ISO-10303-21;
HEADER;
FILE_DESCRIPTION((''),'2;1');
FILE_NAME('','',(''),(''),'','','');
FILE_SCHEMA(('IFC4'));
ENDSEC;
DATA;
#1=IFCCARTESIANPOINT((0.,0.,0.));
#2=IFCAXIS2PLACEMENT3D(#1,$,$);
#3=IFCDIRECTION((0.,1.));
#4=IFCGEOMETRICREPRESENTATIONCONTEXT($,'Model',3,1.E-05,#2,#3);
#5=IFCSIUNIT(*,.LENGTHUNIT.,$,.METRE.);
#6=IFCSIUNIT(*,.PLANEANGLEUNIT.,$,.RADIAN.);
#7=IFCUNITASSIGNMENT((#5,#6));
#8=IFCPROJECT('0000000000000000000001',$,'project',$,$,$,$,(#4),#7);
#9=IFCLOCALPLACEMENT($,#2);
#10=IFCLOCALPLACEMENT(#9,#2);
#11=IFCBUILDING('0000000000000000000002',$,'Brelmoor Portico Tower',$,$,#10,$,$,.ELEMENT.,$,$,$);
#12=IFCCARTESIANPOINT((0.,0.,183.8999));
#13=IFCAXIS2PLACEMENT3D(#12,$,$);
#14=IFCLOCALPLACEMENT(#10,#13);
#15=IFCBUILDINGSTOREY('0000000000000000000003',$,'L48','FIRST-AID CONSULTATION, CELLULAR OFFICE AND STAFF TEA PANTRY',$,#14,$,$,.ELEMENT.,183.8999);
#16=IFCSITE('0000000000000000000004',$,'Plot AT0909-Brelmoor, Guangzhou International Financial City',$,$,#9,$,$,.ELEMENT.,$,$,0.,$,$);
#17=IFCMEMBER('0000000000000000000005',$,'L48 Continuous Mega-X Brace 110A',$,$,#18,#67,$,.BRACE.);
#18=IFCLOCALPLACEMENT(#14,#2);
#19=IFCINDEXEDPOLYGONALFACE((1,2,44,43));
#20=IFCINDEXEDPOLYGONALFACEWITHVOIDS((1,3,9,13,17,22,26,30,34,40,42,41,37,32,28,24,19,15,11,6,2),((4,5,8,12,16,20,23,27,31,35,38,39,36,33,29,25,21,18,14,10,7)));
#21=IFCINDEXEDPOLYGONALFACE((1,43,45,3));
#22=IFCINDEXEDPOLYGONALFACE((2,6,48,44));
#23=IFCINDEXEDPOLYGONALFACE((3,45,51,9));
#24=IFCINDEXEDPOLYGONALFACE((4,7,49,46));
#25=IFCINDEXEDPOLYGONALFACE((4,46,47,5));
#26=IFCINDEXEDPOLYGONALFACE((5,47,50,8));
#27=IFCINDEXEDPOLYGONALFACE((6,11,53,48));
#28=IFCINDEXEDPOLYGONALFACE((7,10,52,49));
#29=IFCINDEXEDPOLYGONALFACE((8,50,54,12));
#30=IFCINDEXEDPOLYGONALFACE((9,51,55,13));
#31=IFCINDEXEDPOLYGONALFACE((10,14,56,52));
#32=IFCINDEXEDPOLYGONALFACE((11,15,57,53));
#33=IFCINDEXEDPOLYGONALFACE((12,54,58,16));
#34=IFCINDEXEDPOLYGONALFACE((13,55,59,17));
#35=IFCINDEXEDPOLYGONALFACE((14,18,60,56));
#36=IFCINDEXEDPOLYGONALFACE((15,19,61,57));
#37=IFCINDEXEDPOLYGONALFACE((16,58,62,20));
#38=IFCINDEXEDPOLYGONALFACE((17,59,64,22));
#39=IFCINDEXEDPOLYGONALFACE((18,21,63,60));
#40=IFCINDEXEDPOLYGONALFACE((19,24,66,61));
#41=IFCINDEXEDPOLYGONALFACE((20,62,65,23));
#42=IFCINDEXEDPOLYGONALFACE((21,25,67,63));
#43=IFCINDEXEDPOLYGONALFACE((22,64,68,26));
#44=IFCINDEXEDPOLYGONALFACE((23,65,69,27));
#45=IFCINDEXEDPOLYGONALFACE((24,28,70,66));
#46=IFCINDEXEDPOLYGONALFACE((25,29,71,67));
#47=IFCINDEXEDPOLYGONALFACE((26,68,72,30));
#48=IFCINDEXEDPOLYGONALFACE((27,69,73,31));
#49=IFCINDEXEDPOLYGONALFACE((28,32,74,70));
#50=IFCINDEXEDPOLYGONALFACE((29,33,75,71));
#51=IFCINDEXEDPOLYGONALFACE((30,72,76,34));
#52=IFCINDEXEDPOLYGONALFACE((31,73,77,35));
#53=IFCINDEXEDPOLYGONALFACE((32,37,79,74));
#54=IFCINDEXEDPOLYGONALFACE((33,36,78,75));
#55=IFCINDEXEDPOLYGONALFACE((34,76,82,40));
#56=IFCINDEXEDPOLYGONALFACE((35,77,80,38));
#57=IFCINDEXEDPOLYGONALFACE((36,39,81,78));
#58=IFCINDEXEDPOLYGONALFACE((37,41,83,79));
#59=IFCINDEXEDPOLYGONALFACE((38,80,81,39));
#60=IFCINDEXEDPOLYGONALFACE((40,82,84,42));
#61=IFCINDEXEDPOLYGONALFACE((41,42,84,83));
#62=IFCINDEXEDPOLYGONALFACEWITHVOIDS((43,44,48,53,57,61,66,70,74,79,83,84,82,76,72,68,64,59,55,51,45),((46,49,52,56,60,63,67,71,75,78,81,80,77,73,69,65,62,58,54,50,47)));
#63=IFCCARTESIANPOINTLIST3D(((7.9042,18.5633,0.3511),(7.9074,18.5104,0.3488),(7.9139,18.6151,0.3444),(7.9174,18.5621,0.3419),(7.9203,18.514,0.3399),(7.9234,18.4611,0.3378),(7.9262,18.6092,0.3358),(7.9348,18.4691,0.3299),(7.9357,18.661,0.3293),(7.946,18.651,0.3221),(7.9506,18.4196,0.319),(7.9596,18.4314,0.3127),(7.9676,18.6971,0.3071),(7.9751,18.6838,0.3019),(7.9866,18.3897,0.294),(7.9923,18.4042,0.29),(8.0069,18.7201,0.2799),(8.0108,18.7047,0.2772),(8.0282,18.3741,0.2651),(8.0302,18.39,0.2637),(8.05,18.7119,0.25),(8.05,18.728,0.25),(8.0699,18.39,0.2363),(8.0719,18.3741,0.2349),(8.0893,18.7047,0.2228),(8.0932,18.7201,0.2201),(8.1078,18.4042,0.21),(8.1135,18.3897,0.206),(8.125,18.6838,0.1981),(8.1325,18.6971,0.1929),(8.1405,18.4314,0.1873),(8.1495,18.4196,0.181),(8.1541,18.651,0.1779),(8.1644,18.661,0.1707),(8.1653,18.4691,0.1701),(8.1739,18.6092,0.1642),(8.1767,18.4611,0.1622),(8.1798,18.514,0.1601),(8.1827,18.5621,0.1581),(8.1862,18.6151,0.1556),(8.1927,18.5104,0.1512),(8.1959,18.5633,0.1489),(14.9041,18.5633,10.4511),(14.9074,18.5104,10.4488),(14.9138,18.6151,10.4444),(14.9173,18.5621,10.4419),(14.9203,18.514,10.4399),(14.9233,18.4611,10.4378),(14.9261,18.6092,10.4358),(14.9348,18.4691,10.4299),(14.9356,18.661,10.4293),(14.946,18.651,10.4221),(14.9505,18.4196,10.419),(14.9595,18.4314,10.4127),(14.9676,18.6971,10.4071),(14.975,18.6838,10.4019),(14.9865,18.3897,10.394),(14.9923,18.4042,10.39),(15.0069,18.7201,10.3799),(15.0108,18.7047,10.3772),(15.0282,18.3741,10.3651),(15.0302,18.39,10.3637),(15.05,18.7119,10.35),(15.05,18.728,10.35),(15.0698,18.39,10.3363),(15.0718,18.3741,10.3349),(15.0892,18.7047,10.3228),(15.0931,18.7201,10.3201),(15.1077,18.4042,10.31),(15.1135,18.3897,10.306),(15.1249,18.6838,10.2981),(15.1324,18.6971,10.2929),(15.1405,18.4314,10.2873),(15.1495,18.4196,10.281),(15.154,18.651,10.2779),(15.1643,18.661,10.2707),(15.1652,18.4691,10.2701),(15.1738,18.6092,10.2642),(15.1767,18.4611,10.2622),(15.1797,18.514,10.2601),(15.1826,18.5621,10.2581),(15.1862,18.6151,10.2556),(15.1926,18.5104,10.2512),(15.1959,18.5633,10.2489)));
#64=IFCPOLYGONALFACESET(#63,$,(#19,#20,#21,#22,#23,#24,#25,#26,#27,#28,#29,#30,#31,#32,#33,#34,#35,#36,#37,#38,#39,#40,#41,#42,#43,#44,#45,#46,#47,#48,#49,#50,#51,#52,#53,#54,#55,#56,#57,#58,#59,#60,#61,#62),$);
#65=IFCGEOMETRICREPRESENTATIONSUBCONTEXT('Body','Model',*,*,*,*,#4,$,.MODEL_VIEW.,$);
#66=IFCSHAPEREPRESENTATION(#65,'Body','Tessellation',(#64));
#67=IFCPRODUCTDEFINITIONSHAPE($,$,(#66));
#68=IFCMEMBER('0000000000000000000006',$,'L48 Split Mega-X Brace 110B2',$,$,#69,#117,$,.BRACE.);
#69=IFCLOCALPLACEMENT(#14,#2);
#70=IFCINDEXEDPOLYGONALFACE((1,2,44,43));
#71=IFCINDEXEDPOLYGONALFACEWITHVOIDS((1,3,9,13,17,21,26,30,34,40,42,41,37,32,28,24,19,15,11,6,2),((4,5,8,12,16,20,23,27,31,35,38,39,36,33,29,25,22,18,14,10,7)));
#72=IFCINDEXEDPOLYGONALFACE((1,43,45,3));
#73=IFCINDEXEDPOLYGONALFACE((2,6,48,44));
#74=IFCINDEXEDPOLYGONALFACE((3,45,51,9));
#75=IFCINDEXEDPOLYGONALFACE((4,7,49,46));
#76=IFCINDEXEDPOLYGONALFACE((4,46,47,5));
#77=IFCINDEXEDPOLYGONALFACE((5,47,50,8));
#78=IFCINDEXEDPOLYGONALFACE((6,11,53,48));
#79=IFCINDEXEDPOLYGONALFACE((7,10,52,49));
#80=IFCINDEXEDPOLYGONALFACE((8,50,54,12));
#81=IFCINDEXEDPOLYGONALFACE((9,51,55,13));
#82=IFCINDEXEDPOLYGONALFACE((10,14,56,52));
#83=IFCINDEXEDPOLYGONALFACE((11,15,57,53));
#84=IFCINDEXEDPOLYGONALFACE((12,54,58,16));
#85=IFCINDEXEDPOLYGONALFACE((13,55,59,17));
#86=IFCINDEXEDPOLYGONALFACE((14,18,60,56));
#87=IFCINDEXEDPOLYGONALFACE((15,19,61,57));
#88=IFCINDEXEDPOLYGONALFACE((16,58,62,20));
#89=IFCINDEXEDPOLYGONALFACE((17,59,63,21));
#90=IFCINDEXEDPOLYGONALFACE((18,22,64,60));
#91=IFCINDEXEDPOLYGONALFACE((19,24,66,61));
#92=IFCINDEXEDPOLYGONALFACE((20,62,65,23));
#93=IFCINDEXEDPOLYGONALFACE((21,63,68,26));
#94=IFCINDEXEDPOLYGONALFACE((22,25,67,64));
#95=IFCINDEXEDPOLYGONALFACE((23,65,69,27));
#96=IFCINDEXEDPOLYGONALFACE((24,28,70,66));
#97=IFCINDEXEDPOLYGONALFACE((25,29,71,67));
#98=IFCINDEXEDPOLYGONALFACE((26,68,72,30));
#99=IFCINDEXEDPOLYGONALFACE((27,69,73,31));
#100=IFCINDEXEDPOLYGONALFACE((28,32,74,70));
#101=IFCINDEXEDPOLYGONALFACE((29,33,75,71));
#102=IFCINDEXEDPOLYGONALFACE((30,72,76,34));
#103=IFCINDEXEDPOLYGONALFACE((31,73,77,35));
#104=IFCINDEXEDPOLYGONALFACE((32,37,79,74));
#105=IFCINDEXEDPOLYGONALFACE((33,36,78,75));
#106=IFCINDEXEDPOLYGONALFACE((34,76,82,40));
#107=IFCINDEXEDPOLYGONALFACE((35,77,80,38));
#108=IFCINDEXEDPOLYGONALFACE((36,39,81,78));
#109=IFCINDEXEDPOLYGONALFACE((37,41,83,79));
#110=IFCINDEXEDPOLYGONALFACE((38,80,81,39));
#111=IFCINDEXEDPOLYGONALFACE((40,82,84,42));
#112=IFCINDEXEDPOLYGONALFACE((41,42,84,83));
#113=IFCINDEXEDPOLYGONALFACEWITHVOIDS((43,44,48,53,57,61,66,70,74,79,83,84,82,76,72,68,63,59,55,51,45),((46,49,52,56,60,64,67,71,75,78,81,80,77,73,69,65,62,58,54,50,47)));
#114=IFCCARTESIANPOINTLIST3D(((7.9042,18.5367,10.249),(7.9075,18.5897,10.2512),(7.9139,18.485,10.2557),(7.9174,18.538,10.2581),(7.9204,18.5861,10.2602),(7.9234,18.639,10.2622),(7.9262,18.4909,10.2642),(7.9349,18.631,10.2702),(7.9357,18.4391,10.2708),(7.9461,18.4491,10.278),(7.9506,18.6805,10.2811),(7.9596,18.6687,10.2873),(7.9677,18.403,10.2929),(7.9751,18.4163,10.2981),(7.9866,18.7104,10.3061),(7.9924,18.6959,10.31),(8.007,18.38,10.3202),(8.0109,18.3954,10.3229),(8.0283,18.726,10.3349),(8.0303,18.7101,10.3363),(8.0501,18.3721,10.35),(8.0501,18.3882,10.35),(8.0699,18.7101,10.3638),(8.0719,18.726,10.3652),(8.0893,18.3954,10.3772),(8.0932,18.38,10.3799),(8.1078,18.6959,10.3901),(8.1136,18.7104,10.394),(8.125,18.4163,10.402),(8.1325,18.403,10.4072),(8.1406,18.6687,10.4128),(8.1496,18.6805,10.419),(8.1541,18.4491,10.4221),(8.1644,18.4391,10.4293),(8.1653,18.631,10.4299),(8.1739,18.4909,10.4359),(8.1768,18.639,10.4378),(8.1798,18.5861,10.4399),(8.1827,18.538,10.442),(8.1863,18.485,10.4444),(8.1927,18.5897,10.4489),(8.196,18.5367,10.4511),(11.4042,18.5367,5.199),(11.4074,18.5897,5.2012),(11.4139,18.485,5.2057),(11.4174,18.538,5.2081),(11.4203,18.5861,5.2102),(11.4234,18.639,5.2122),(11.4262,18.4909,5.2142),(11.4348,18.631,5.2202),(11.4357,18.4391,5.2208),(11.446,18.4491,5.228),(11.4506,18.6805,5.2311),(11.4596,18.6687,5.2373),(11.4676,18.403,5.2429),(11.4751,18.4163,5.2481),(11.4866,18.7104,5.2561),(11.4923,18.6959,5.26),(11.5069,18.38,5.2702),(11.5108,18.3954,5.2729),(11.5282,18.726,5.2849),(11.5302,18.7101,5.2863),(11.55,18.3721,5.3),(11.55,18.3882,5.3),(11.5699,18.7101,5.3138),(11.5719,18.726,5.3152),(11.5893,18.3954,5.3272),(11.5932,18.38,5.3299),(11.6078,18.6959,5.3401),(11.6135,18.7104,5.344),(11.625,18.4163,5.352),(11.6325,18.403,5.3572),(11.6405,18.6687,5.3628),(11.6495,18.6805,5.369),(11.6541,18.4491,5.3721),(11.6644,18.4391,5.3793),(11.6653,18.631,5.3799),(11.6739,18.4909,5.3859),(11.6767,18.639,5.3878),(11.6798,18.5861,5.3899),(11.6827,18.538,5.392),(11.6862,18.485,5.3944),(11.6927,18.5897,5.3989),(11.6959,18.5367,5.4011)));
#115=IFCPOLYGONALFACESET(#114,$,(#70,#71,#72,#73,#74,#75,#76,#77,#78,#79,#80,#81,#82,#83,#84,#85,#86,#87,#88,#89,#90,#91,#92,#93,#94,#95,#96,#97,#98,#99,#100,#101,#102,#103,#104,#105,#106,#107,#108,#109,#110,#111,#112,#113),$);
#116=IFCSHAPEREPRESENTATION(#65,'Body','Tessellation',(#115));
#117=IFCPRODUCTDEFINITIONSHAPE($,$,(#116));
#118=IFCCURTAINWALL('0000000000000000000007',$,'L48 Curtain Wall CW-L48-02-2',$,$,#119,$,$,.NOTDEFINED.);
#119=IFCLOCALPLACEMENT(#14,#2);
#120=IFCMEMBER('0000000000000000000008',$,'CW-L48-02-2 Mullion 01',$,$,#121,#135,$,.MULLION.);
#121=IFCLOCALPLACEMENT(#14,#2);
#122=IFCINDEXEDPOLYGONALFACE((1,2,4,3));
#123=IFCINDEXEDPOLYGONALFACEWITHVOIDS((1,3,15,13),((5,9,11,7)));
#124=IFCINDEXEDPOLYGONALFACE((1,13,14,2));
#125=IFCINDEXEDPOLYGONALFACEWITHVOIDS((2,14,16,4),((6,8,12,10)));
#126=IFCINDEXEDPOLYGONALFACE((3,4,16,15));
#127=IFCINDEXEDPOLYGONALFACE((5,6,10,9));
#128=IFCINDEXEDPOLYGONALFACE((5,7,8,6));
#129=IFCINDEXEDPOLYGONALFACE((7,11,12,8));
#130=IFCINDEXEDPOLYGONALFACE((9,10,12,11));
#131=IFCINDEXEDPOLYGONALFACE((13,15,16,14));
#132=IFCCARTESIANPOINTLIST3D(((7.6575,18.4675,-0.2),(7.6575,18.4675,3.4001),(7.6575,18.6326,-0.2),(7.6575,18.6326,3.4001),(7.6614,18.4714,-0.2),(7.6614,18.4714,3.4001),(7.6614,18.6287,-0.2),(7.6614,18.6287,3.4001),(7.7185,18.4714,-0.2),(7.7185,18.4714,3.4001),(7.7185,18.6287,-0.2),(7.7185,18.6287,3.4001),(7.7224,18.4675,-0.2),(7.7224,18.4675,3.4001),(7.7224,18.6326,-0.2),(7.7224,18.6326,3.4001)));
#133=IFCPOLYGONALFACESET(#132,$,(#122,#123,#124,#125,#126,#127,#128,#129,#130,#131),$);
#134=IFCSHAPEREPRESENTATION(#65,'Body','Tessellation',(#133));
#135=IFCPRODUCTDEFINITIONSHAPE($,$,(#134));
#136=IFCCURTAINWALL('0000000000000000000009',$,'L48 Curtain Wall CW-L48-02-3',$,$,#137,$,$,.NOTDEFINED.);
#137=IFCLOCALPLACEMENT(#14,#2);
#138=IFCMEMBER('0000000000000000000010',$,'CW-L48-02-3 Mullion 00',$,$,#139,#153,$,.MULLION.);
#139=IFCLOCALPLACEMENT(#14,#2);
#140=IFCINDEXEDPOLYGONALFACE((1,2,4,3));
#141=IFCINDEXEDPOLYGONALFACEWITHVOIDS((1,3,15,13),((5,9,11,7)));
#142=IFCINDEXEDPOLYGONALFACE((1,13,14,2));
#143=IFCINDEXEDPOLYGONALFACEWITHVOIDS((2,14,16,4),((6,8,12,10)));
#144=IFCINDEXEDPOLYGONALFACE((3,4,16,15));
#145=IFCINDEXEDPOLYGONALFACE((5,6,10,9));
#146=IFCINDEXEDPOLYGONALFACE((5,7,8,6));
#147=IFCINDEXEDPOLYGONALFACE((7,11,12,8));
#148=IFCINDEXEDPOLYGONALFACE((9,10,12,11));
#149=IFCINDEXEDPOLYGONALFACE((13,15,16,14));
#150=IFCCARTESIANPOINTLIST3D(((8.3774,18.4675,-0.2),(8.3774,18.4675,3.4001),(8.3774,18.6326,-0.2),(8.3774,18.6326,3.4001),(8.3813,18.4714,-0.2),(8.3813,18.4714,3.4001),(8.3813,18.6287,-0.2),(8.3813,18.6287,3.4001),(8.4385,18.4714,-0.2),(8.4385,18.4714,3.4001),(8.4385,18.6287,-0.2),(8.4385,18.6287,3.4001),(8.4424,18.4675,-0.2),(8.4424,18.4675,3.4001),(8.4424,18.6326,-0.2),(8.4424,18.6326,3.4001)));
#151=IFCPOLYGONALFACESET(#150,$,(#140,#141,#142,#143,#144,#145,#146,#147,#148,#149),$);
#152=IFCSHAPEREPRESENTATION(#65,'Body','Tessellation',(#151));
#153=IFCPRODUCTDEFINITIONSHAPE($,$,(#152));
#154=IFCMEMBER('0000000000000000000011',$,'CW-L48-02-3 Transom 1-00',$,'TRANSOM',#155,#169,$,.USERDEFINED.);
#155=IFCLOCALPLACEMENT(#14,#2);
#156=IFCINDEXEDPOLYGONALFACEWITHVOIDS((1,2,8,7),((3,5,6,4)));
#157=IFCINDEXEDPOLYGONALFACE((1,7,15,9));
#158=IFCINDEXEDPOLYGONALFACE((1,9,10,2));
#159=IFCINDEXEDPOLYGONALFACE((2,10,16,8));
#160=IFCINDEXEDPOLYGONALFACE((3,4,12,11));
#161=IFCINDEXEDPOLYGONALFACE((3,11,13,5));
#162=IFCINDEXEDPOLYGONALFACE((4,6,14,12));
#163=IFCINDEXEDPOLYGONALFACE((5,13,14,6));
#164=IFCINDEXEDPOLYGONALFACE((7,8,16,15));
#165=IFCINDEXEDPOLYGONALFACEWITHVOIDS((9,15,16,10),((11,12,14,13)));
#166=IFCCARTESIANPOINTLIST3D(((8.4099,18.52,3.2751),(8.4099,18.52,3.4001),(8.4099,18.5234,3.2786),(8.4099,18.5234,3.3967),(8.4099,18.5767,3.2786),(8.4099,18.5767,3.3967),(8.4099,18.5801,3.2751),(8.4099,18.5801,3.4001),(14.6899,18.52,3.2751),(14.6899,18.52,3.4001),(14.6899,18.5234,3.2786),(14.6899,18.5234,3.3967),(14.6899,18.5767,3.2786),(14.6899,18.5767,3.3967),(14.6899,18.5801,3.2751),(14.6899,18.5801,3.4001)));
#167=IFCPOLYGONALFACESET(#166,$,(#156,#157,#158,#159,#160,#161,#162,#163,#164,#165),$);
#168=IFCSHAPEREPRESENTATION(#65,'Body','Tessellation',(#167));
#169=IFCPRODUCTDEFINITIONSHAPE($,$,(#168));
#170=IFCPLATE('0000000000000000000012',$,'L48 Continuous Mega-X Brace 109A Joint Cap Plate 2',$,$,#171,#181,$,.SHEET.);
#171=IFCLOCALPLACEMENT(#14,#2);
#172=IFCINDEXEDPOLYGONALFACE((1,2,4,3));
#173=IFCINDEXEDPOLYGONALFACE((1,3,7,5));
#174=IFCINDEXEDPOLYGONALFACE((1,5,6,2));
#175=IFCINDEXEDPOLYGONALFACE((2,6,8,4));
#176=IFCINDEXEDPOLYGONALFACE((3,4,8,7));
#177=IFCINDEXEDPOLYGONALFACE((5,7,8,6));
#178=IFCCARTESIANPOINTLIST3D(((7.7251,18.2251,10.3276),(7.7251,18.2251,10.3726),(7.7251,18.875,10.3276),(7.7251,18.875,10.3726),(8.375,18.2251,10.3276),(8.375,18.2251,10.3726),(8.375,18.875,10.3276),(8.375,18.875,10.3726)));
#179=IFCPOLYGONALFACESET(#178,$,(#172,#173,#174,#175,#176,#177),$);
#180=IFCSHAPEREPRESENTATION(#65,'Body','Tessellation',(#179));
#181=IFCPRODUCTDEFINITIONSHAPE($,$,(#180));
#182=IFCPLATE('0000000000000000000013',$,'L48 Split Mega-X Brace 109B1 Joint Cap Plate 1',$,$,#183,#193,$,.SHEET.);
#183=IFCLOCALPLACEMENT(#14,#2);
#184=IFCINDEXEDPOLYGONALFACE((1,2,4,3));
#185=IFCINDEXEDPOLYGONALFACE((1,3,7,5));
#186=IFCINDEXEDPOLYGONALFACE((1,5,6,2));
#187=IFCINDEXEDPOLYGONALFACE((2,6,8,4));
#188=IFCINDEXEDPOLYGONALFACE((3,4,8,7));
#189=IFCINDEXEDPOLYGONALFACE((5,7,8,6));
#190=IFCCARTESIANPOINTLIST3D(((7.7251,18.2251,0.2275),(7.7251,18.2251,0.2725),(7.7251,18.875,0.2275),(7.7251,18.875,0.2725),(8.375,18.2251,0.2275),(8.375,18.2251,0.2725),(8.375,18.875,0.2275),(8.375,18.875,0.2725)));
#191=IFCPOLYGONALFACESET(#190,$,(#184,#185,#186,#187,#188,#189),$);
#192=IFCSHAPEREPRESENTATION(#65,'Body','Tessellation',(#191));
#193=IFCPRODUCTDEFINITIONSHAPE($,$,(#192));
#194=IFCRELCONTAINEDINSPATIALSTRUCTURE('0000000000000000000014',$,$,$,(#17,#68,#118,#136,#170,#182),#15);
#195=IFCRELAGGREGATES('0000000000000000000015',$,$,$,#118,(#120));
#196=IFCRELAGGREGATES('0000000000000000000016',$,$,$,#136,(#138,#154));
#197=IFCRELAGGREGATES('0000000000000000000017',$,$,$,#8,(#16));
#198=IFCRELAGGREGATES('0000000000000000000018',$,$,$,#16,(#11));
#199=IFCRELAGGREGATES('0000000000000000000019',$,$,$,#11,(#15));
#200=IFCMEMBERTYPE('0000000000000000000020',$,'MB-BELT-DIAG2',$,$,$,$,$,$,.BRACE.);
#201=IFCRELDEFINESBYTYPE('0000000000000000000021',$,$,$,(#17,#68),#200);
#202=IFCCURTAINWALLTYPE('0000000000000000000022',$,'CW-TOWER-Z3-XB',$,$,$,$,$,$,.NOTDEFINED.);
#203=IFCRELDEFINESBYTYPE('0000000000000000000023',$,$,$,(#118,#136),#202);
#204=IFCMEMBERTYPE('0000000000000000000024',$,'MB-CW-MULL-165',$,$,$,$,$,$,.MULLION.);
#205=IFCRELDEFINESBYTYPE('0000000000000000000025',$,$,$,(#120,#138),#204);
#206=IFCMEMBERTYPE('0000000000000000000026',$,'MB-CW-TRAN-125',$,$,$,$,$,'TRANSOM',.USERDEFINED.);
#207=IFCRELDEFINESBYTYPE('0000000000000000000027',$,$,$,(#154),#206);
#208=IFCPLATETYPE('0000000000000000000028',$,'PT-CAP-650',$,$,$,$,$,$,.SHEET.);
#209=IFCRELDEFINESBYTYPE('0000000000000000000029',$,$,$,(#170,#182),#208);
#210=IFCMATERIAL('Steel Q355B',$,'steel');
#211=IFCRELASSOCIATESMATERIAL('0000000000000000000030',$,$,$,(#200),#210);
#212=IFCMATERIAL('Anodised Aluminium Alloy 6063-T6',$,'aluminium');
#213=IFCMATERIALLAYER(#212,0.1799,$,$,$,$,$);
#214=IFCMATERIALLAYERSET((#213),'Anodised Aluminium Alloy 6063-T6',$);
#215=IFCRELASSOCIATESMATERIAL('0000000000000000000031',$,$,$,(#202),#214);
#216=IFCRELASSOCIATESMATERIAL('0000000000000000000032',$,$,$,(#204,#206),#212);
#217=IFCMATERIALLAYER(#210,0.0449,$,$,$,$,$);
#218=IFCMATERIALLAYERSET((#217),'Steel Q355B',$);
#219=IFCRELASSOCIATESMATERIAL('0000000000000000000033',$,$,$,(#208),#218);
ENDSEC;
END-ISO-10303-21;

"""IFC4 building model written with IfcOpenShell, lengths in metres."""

from ifc_helpers import new_model, si_unit, direction, frame, origin, origin_2d, place, context, subcontext, project, spatial, rectangle, hollow_rectangle, hollow_circle, extrude, material, layer, layer_set, material_profile, profile_set, type_object, element, aggregate, save


model = new_model("IFC4")

# Units and contexts
model_context = context("Model", 3, precision=1e-05, world=origin(), true_north=direction((0.0, 1.0)))
body_context = subcontext(model_context, "Body", "Model", "MODEL_VIEW")
ifc_project = project(units=[si_unit("LENGTHUNIT", "METRE"), si_unit("PLANEANGLEUNIT", "RADIAN")], contexts=[model_context])

# Site, building, storey
site_placement = place(None, origin())
site = spatial("IfcSite", under=ifc_project, at=site_placement, Name="Plot AT0909-Brelmoor, Guangzhou International Financial City", CompositionType="ELEMENT", RefElevation=0.0)
building_placement = place(site_placement, origin())
building = spatial("IfcBuilding", under=site, at=building_placement, Name="Brelmoor Portico Tower", CompositionType="ELEMENT")
storey_placement = place(building_placement, frame((0.0, 0.0, 183.8999)))
storey = spatial("IfcBuildingStorey", under=building, at=storey_placement, Name="L48", Description="FIRST-AID CONSULTATION, CELLULAR OFFICE AND STAFF TEA PANTRY", CompositionType="ELEMENT", Elevation=183.8999)

# Shared definitions
ifc_material_1 = material(Name="Steel Q355B", Category="steel")

# Members
ifc_material_profile_1 = material_profile(ifc_material_1, hollow_circle(Radius=0.178, WallThickness=0.0161, at=origin_2d()), Name="CHS 356x16")
ifc_profile_set_1 = profile_set([ifc_material_profile_1], Name="Steel Q355B")
member_type_1 = type_object("IfcMemberType", Name="MB-BELT-DIAG2", PredefinedType="BRACE", material=ifc_profile_set_1)
member_1_placement = place(storey_placement, frame((8.05, 18.55, 0.25), z_axis=(0.569629, 0.0, 0.821902), x_axis=(0.0, 1.0, 0.0)))
element("IfcMember", 1, at=member_1_placement, inside=storey, type_object=member_type_1, Name="L48 Continuous Mega-X Brace 110A", PredefinedType="BRACE", context=body_context, shape_type="SweptSolid", body=[
    extrude(hollow_circle(Radius=0.178, WallThickness=0.0161, at=origin_2d()), origin(), (0.0, 0.0, 1.0), 12.2886),
])
member_2_placement = place(storey_placement, frame((11.55, 18.55, 5.3), z_axis=(-0.569629, 0.0, 0.821902), x_axis=(0.0, -1.0, 0.0)))
element("IfcMember", 2, at=member_2_placement, inside=storey, type_object=member_type_1, Name="L48 Split Mega-X Brace 110B2", PredefinedType="BRACE", context=body_context, shape_type="SweptSolid", body=[
    extrude(hollow_circle(Radius=0.178, WallThickness=0.0161, at=origin_2d()), origin(), (0.0, 0.0, 1.0), 6.1443),
])

# Curtain wall, member
ifc_material_2 = material(Name="Anodised Aluminium Alloy 6063-T6", Category="aluminium")
ifc_layer_1 = layer(ifc_material_2, 0.1799)
ifc_layer_set_1 = layer_set([ifc_layer_1], Name="Anodised Aluminium Alloy 6063-T6")
curtain_wall_type = type_object("IfcCurtainWallType", Name="CW-TOWER-Z3-XB", PredefinedType="NOTDEFINED", material=ifc_layer_set_1)
curtain_wall_1_placement = place(storey_placement, origin())
curtain_wall_1 = element("IfcCurtainWall", 3, at=curtain_wall_1_placement, inside=storey, type_object=curtain_wall_type, Name="L48 Curtain Wall CW-L48-02-2", PredefinedType="NOTDEFINED")
ifc_material_profile_2 = material_profile(ifc_material_2, hollow_rectangle(XDim=0.0649, YDim=0.165, WallThickness=0.0039, at=origin_2d()), Name="ALU MULLION 65x165")
ifc_profile_set_2 = profile_set([ifc_material_profile_2], Name="Anodised Aluminium Alloy 6063-T6")
member_type_2 = type_object("IfcMemberType", Name="MB-CW-MULL-165", PredefinedType="MULLION", material=ifc_profile_set_2)
member_3_placement = place(storey_placement, frame((7.6899, 18.55, -0.2), z_axis=(0.0, 0.0, 1.0), x_axis=(1.0, 0.0, 0.0)))
member_3 = element("IfcMember", 4, at=member_3_placement, type_object=member_type_2, Name="CW-L48-02-2 Mullion 01", PredefinedType="MULLION", context=body_context, shape_type="SweptSolid", body=[
    extrude(hollow_rectangle(XDim=0.0649, YDim=0.165, WallThickness=0.0039, at=origin_2d()), origin(), (0.0, 0.0, 1.0), 3.6001),
])

# Curtain wall, members
curtain_wall_2_placement = place(storey_placement, origin())
curtain_wall_2 = element("IfcCurtainWall", 5, at=curtain_wall_2_placement, inside=storey, type_object=curtain_wall_type, Name="L48 Curtain Wall CW-L48-02-3", PredefinedType="NOTDEFINED")
member_4_placement = place(storey_placement, frame((8.4099, 18.55, -0.2), z_axis=(0.0, 0.0, 1.0), x_axis=(1.0, 0.0, 0.0)))
member_4 = element("IfcMember", 6, at=member_4_placement, type_object=member_type_2, Name="CW-L48-02-3 Mullion 00", PredefinedType="MULLION", context=body_context, shape_type="SweptSolid", body=[
    extrude(hollow_rectangle(XDim=0.0649, YDim=0.165, WallThickness=0.0039, at=origin_2d()), origin(), (0.0, 0.0, 1.0), 3.6001),
])
ifc_material_profile_3 = material_profile(ifc_material_2, hollow_rectangle(XDim=0.0601, YDim=0.125, WallThickness=0.0034, at=origin_2d()), Name="ALU TRANSOM 60x125")
ifc_profile_set_3 = profile_set([ifc_material_profile_3], Name="Anodised Aluminium Alloy 6063-T6")
member_type_3 = type_object("IfcMemberType", Name="MB-CW-TRAN-125", ElementType="TRANSOM", PredefinedType="USERDEFINED", material=ifc_profile_set_3)
member_5_placement = place(storey_placement, frame((8.4099, 18.55, 3.3376), z_axis=(1.0, 0.0, 0.0), x_axis=(0.0, 1.0, 0.0)))
member_5 = element("IfcMember", 7, at=member_5_placement, type_object=member_type_3, Name="CW-L48-02-3 Transom 1-00", ObjectType="TRANSOM", PredefinedType="USERDEFINED", context=body_context, shape_type="SweptSolid", body=[
    extrude(hollow_rectangle(XDim=0.0601, YDim=0.125, WallThickness=0.0034, at=origin_2d()), origin(), (0.0, 0.0, 1.0), 6.28),
])

# Plates
ifc_layer_2 = layer(ifc_material_1, 0.0449)
ifc_layer_set_2 = layer_set([ifc_layer_2], Name="Steel Q355B")
plate_type_1 = type_object("IfcPlateType", Name="PT-CAP-650", PredefinedType="SHEET", material=ifc_layer_set_2)
for number, where, z_axis, x_axis, name in (
    (8, (8.05, 18.55, 10.3276), (0.0, 0.0, 1.0), (1.0, 0.0, 0.0), "L48 Continuous Mega-X Brace 109A Joint Cap Plate 2"),
    (9, (8.05, 18.55, 0.2275), (0.0, 0.0, 1.0), (1.0, 0.0, 0.0), "L48 Split Mega-X Brace 109B1 Joint Cap Plate 1"),
):
    element("IfcPlate", number, at=place(storey_placement, frame(where, z_axis=z_axis, x_axis=x_axis)), inside=storey, type_object=plate_type_1, Name=name, PredefinedType="SHEET", context=body_context, shape_type="SweptSolid", body=[
        extrude(rectangle(XDim=0.6499, YDim=0.6499, at=origin_2d()), origin(), (0.0, 0.0, 1.0), 0.0449),
    ])

aggregate(curtain_wall_1, [member_3])
aggregate(curtain_wall_2, [member_4, member_5])

save(model, "model.ifc")
